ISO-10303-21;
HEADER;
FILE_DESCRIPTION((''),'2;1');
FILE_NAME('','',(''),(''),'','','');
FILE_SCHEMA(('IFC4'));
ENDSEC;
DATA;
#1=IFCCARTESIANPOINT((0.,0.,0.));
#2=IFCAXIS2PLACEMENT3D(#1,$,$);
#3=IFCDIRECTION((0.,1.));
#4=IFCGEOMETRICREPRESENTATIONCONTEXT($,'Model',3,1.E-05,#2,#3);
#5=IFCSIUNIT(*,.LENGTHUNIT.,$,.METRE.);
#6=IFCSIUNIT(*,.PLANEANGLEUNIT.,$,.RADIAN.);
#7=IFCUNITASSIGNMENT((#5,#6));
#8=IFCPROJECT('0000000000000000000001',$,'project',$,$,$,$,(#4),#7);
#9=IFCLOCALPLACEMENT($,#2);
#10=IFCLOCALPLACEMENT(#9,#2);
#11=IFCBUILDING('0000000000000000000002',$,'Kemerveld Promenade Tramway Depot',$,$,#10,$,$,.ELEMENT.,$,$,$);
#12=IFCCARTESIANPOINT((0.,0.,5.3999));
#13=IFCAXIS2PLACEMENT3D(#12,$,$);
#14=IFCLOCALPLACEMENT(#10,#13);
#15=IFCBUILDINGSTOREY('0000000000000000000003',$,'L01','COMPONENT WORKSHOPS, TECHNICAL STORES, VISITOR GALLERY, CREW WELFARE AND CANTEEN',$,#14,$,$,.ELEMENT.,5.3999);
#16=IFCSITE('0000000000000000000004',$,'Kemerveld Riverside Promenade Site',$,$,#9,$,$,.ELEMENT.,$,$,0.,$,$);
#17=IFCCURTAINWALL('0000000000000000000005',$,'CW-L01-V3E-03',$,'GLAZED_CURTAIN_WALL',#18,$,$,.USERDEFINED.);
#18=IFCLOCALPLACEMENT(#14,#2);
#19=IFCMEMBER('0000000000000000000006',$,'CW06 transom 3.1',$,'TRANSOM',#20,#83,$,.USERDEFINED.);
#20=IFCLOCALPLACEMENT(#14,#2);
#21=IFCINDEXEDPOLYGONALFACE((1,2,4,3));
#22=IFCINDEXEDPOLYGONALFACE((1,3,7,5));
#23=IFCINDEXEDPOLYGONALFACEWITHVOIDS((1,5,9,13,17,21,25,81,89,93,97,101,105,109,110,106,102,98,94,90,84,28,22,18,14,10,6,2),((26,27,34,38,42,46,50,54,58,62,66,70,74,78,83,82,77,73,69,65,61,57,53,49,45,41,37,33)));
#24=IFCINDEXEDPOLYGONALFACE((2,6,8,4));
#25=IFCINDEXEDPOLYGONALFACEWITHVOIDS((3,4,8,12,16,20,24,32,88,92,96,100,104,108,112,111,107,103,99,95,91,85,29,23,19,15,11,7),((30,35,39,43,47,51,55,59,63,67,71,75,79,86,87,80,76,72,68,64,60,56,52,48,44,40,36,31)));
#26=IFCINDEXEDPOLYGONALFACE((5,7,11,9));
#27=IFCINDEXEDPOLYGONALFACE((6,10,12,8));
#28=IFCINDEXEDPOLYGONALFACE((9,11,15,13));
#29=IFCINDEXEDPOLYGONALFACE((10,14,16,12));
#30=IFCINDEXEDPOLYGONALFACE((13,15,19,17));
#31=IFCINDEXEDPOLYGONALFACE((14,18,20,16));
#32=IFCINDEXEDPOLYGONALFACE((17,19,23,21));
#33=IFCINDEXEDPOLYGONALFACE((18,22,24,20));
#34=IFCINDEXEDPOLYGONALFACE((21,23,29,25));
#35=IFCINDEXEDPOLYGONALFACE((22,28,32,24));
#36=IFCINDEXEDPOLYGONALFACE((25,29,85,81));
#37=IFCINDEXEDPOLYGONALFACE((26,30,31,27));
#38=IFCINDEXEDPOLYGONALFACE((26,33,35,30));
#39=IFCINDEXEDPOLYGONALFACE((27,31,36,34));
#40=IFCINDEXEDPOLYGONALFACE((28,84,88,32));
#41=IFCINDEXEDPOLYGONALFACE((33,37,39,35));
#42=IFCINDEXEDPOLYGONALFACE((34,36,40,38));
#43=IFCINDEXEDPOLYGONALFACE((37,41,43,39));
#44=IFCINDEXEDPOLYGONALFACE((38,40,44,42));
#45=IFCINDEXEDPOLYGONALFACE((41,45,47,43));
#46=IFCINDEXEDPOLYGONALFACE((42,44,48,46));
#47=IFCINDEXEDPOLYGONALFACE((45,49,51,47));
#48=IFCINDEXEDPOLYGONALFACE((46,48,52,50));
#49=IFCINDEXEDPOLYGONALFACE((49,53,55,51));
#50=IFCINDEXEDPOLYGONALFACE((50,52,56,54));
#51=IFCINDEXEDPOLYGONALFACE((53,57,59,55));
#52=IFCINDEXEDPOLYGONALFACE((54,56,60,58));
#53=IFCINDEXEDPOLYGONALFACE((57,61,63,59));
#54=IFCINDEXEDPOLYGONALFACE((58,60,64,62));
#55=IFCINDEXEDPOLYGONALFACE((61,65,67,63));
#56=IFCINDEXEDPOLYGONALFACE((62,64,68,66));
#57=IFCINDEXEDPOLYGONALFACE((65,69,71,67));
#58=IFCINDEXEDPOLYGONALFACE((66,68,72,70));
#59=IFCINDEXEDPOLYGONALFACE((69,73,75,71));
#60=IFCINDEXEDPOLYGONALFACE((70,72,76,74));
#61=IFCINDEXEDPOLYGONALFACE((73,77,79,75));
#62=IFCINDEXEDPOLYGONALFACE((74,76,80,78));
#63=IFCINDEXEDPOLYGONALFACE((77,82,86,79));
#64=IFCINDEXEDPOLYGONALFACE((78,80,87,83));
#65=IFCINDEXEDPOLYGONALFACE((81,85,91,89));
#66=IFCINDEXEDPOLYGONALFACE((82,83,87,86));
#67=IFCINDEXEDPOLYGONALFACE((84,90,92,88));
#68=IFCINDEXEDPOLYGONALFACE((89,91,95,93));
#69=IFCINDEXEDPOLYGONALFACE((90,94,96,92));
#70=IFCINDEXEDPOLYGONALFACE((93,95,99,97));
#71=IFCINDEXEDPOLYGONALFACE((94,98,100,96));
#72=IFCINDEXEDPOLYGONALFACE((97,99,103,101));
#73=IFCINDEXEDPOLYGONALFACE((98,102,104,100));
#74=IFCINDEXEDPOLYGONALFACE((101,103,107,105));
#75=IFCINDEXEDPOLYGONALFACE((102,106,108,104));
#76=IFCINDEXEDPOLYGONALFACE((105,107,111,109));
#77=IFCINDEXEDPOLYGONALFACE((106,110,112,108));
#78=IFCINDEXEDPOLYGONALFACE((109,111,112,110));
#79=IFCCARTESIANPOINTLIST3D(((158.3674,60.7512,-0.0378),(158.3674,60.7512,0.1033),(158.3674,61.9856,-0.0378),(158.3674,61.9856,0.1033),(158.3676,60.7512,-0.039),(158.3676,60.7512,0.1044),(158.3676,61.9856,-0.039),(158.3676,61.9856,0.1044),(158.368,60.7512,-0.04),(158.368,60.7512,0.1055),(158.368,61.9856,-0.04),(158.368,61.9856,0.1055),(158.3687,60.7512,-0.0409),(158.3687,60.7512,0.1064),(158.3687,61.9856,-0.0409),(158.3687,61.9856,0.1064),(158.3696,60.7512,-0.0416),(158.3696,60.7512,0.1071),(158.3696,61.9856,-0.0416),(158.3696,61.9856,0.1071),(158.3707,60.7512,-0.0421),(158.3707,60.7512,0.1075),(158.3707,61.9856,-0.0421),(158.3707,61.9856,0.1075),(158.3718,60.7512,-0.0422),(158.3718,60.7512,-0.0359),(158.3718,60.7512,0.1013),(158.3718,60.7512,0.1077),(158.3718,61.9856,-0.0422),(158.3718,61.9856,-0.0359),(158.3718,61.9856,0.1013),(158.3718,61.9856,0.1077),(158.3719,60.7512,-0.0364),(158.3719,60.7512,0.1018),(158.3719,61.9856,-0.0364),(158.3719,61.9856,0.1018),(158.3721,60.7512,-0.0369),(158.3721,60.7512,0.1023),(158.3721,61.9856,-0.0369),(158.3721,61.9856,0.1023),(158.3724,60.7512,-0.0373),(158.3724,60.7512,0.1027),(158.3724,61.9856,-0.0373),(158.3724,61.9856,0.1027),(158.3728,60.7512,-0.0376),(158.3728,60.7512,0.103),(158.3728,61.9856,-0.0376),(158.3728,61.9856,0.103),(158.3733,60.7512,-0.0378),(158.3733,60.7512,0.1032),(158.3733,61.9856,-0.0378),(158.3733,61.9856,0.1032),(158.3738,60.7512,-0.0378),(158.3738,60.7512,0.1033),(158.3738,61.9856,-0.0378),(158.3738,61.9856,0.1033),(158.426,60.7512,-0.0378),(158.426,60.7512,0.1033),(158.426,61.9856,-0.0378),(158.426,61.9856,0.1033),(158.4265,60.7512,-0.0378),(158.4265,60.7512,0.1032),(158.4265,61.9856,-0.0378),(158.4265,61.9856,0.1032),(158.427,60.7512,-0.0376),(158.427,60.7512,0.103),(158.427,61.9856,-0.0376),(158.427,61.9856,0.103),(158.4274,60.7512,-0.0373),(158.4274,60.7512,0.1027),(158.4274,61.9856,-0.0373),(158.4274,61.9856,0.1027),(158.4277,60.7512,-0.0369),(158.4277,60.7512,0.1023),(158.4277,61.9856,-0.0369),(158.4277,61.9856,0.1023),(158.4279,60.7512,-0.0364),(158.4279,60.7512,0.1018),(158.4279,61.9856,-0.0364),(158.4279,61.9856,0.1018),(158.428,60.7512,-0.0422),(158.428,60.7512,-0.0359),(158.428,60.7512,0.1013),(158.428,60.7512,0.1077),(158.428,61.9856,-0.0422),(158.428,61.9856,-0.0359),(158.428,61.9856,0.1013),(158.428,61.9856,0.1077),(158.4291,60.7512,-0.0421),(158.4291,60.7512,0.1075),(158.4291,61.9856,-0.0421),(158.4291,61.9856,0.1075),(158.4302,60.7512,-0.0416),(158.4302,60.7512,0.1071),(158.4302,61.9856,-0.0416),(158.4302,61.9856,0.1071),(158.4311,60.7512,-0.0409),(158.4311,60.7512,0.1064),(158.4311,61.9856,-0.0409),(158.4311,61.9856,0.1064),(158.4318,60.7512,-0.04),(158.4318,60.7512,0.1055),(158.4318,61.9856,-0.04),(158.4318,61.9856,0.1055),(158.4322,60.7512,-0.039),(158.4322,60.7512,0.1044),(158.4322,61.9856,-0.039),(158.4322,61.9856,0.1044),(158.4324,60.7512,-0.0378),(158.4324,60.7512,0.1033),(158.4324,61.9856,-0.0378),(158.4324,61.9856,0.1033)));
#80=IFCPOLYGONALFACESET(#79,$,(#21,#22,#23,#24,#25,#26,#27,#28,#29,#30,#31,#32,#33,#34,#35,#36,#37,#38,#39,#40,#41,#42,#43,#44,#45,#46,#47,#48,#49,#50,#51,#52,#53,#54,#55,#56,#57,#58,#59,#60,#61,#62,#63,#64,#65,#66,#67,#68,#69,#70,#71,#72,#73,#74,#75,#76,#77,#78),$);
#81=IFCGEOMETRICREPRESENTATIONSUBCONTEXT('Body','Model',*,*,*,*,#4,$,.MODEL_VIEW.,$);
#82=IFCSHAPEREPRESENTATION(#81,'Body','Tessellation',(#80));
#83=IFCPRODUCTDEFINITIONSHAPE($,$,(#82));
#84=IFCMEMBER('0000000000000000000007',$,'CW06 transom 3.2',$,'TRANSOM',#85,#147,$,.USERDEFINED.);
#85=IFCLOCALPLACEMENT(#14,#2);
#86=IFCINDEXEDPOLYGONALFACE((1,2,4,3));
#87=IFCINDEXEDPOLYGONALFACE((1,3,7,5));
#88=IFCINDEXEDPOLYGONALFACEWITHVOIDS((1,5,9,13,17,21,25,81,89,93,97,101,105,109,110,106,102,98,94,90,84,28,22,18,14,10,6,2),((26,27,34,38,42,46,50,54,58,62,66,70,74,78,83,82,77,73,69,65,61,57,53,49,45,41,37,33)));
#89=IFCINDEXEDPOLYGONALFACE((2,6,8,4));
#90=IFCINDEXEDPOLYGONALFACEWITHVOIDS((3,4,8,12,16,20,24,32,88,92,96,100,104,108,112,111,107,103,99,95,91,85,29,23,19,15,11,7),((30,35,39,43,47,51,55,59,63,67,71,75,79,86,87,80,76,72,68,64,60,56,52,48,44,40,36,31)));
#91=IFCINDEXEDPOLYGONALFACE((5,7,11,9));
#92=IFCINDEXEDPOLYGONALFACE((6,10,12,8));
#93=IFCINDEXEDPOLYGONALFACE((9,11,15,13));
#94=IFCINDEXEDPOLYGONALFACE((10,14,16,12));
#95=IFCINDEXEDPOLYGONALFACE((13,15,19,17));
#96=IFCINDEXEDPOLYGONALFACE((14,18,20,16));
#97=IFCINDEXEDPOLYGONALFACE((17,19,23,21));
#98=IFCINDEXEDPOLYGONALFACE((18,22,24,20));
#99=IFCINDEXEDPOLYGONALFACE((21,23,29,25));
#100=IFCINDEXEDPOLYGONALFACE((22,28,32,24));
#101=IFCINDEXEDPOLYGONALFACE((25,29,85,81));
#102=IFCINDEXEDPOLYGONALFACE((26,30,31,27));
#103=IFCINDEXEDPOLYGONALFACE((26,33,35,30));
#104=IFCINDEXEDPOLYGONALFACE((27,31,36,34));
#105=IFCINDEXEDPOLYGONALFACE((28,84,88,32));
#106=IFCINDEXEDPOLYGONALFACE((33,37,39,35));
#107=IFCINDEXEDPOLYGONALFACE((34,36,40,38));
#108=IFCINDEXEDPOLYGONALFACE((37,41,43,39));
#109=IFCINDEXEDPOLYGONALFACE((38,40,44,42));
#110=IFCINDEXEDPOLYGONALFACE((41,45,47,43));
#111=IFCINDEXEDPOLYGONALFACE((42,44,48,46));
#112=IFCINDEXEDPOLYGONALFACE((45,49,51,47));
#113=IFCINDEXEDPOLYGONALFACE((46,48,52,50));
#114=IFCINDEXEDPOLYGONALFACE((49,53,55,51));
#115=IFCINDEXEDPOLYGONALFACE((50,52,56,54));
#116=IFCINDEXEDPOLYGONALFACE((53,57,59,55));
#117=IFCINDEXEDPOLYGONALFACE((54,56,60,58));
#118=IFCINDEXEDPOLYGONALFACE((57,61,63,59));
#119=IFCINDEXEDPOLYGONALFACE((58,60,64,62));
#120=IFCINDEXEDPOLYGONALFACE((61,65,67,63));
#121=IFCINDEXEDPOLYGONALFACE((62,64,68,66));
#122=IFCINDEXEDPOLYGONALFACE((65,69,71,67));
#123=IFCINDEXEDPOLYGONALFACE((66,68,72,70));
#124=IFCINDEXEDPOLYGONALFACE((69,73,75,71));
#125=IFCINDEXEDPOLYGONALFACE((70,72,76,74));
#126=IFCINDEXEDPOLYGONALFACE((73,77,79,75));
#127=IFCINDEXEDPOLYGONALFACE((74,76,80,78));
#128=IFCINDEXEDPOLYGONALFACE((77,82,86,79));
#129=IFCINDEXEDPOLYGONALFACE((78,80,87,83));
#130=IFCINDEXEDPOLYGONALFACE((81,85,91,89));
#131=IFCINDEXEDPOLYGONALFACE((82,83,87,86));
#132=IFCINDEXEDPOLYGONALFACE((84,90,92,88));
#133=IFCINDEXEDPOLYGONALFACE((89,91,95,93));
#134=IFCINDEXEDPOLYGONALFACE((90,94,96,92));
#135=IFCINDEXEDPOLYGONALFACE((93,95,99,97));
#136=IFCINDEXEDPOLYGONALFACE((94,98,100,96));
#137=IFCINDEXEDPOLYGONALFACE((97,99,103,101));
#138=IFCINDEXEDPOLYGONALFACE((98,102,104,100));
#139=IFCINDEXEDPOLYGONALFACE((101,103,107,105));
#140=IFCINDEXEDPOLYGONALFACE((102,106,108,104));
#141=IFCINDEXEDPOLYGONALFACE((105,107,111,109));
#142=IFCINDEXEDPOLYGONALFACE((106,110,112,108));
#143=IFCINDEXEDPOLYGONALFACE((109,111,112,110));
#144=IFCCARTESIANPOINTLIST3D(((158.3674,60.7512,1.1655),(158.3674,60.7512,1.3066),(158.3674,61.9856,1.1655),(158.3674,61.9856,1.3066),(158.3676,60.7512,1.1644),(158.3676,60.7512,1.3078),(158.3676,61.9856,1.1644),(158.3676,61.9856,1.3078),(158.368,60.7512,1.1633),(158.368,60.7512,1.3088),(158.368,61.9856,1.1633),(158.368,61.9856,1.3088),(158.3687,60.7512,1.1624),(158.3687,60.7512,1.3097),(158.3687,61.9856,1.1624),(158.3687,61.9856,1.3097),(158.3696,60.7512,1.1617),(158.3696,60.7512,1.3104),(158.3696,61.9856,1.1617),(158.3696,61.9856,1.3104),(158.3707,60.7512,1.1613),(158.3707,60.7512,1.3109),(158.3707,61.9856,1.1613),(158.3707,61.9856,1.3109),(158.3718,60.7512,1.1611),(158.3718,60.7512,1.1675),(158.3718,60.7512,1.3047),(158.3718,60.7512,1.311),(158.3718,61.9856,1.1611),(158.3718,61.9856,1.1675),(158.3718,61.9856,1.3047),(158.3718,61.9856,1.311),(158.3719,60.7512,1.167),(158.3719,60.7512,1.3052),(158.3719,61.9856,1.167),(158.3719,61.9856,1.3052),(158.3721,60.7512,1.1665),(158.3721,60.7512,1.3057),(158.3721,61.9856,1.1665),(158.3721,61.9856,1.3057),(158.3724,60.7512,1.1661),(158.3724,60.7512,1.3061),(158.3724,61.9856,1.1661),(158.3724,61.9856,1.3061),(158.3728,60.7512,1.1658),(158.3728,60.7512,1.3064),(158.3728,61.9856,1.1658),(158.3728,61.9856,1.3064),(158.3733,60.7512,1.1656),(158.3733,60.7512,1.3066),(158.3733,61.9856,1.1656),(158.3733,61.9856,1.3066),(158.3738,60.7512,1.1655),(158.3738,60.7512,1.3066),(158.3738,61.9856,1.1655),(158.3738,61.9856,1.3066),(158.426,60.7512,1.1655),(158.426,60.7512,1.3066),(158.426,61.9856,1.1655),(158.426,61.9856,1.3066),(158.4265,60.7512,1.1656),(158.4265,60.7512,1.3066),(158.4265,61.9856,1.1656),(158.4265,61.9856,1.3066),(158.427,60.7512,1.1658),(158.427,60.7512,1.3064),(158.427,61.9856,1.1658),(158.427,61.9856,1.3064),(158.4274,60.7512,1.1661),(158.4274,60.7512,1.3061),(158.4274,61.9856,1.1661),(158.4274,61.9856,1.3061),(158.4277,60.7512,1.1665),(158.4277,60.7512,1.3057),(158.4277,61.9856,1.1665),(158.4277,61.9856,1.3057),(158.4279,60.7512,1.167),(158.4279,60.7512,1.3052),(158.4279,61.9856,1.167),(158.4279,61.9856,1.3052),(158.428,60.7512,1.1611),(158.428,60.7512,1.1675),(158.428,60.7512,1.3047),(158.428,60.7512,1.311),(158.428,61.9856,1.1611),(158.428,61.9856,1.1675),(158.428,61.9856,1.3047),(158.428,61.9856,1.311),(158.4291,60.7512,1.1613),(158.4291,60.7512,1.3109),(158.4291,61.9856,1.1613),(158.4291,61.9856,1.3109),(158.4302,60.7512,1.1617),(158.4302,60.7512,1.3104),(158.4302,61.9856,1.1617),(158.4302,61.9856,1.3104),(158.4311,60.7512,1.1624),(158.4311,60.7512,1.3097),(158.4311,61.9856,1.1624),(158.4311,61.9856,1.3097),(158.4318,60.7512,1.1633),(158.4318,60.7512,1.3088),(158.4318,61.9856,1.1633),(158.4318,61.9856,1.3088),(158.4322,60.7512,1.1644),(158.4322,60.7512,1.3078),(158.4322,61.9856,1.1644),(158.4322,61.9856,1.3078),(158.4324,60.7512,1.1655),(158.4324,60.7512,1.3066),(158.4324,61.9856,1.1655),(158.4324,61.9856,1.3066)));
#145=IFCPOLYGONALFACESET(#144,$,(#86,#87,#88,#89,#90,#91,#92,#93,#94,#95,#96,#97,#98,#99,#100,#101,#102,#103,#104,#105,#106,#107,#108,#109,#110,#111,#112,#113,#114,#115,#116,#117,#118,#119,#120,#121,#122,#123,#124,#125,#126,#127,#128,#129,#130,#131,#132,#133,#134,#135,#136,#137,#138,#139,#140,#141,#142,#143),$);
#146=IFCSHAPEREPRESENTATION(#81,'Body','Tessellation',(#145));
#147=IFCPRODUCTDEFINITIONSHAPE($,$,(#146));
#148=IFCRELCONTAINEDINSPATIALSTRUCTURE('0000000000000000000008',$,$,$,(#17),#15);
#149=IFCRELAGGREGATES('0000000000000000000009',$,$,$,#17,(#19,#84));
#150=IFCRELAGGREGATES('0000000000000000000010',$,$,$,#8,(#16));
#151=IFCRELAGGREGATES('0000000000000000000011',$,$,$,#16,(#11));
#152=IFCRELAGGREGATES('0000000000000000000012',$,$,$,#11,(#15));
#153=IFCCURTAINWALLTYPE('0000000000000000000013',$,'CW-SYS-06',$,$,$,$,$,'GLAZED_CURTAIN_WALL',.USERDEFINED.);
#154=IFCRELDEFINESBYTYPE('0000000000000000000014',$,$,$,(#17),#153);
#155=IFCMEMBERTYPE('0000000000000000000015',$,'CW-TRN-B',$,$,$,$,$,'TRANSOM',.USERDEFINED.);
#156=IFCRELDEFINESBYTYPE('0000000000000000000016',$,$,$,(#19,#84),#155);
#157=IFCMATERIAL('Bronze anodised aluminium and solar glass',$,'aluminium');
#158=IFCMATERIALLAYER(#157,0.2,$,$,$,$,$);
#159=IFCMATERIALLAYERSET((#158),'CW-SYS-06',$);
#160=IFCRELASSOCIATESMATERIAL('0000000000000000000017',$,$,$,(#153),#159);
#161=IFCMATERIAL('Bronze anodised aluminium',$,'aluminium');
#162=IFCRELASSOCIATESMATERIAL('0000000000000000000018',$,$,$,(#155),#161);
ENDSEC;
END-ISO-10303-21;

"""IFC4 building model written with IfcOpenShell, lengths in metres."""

from ifc_helpers import new_model, si_unit, direction, frame, origin, origin_2d, place, context, subcontext, project, spatial, hollow_rectangle, extrude, material, layer, layer_set, material_profile, profile_set, type_object, element, aggregate, save


model = new_model("IFC4")

# Units and contexts
model_context = context("Model", 3, precision=1e-05, world=origin(), true_north=direction((0.0, 1.0)))
body_context = subcontext(model_context, "Body", "Model", "MODEL_VIEW")
ifc_project = project(units=[si_unit("LENGTHUNIT", "METRE"), si_unit("PLANEANGLEUNIT", "RADIAN")], contexts=[model_context])

# Site, building, storey
site_placement = place(None, origin())
site = spatial("IfcSite", under=ifc_project, at=site_placement, Name="Kemerveld Riverside Promenade Site", CompositionType="ELEMENT", RefElevation=0.0)
building_placement = place(site_placement, origin())
building = spatial("IfcBuilding", under=site, at=building_placement, Name="Kemerveld Promenade Tramway Depot", CompositionType="ELEMENT")
storey_placement = place(building_placement, frame((0.0, 0.0, 5.3999)))
storey = spatial("IfcBuildingStorey", under=building, at=storey_placement, Name="L01", Description="COMPONENT WORKSHOPS, TECHNICAL STORES, VISITOR GALLERY, CREW WELFARE AND CANTEEN", CompositionType="ELEMENT", Elevation=5.3999)

# Shared definitions
ifc_material_1 = material(Name="Bronze anodised aluminium and solar glass", Category="aluminium")
ifc_material_2 = material(Name="Bronze anodised aluminium", Category="aluminium")

# Curtain wall, members
ifc_layer_1 = layer(ifc_material_1, 0.2)
ifc_layer_set_1 = layer_set([ifc_layer_1], Name="CW-SYS-06")
curtain_wall_type_1 = type_object("IfcCurtainWallType", Name="CW-SYS-06", ElementType="GLAZED_CURTAIN_WALL", PredefinedType="USERDEFINED", material=ifc_layer_set_1)
curtain_wall_1_placement = place(storey_placement, origin())
curtain_wall_1 = element("IfcCurtainWall", 1, at=curtain_wall_1_placement, inside=storey, type_object=curtain_wall_type_1, Name="CW-L01-V3E-03", ObjectType="GLAZED_CURTAIN_WALL", PredefinedType="USERDEFINED")
ifc_material_profile_1 = material_profile(ifc_material_2, hollow_rectangle(XDim=0.0649, YDim=0.1499, WallThickness=0.0044, InnerFilletRadius=0.002, OuterFilletRadius=0.0044, at=origin_2d()), Name="CW-TRN-150x65")
ifc_profile_set_1 = profile_set([ifc_material_profile_1], Name="Bronze anodised aluminium")
member_type_1 = type_object("IfcMemberType", Name="CW-TRN-B", ElementType="TRANSOM", PredefinedType="USERDEFINED", material=ifc_profile_set_1)
member_1_placement = place(storey_placement, frame((158.3999, 61.9856, 0.0327), z_axis=(0.0, -1.0, 0.0), x_axis=(1.0, 0.0, 0.0)))
member_1 = element("IfcMember", 2, at=member_1_placement, type_object=member_type_1, Name="CW06 transom 3.1", ObjectType="TRANSOM", PredefinedType="USERDEFINED", context=body_context, shape_type="SweptSolid", body=[
    extrude(hollow_rectangle(XDim=0.0649, YDim=0.1499, WallThickness=0.0044, InnerFilletRadius=0.002, OuterFilletRadius=0.0044, at=origin_2d()), origin(), (0.0, 0.0, 1.0), 1.2344),
])
member_2_placement = place(storey_placement, frame((158.3999, 61.9856, 1.2361), z_axis=(0.0, -1.0, 0.0), x_axis=(1.0, 0.0, 0.0)))
member_2 = element("IfcMember", 3, at=member_2_placement, type_object=member_type_1, Name="CW06 transom 3.2", ObjectType="TRANSOM", PredefinedType="USERDEFINED", context=body_context, shape_type="SweptSolid", body=[
    extrude(hollow_rectangle(XDim=0.0649, YDim=0.1499, WallThickness=0.0044, InnerFilletRadius=0.002, OuterFilletRadius=0.0044, at=origin_2d()), origin(), (0.0, 0.0, 1.0), 1.2344),
])

aggregate(curtain_wall_1, [member_1, member_2])

save(model, "model.ifc")
